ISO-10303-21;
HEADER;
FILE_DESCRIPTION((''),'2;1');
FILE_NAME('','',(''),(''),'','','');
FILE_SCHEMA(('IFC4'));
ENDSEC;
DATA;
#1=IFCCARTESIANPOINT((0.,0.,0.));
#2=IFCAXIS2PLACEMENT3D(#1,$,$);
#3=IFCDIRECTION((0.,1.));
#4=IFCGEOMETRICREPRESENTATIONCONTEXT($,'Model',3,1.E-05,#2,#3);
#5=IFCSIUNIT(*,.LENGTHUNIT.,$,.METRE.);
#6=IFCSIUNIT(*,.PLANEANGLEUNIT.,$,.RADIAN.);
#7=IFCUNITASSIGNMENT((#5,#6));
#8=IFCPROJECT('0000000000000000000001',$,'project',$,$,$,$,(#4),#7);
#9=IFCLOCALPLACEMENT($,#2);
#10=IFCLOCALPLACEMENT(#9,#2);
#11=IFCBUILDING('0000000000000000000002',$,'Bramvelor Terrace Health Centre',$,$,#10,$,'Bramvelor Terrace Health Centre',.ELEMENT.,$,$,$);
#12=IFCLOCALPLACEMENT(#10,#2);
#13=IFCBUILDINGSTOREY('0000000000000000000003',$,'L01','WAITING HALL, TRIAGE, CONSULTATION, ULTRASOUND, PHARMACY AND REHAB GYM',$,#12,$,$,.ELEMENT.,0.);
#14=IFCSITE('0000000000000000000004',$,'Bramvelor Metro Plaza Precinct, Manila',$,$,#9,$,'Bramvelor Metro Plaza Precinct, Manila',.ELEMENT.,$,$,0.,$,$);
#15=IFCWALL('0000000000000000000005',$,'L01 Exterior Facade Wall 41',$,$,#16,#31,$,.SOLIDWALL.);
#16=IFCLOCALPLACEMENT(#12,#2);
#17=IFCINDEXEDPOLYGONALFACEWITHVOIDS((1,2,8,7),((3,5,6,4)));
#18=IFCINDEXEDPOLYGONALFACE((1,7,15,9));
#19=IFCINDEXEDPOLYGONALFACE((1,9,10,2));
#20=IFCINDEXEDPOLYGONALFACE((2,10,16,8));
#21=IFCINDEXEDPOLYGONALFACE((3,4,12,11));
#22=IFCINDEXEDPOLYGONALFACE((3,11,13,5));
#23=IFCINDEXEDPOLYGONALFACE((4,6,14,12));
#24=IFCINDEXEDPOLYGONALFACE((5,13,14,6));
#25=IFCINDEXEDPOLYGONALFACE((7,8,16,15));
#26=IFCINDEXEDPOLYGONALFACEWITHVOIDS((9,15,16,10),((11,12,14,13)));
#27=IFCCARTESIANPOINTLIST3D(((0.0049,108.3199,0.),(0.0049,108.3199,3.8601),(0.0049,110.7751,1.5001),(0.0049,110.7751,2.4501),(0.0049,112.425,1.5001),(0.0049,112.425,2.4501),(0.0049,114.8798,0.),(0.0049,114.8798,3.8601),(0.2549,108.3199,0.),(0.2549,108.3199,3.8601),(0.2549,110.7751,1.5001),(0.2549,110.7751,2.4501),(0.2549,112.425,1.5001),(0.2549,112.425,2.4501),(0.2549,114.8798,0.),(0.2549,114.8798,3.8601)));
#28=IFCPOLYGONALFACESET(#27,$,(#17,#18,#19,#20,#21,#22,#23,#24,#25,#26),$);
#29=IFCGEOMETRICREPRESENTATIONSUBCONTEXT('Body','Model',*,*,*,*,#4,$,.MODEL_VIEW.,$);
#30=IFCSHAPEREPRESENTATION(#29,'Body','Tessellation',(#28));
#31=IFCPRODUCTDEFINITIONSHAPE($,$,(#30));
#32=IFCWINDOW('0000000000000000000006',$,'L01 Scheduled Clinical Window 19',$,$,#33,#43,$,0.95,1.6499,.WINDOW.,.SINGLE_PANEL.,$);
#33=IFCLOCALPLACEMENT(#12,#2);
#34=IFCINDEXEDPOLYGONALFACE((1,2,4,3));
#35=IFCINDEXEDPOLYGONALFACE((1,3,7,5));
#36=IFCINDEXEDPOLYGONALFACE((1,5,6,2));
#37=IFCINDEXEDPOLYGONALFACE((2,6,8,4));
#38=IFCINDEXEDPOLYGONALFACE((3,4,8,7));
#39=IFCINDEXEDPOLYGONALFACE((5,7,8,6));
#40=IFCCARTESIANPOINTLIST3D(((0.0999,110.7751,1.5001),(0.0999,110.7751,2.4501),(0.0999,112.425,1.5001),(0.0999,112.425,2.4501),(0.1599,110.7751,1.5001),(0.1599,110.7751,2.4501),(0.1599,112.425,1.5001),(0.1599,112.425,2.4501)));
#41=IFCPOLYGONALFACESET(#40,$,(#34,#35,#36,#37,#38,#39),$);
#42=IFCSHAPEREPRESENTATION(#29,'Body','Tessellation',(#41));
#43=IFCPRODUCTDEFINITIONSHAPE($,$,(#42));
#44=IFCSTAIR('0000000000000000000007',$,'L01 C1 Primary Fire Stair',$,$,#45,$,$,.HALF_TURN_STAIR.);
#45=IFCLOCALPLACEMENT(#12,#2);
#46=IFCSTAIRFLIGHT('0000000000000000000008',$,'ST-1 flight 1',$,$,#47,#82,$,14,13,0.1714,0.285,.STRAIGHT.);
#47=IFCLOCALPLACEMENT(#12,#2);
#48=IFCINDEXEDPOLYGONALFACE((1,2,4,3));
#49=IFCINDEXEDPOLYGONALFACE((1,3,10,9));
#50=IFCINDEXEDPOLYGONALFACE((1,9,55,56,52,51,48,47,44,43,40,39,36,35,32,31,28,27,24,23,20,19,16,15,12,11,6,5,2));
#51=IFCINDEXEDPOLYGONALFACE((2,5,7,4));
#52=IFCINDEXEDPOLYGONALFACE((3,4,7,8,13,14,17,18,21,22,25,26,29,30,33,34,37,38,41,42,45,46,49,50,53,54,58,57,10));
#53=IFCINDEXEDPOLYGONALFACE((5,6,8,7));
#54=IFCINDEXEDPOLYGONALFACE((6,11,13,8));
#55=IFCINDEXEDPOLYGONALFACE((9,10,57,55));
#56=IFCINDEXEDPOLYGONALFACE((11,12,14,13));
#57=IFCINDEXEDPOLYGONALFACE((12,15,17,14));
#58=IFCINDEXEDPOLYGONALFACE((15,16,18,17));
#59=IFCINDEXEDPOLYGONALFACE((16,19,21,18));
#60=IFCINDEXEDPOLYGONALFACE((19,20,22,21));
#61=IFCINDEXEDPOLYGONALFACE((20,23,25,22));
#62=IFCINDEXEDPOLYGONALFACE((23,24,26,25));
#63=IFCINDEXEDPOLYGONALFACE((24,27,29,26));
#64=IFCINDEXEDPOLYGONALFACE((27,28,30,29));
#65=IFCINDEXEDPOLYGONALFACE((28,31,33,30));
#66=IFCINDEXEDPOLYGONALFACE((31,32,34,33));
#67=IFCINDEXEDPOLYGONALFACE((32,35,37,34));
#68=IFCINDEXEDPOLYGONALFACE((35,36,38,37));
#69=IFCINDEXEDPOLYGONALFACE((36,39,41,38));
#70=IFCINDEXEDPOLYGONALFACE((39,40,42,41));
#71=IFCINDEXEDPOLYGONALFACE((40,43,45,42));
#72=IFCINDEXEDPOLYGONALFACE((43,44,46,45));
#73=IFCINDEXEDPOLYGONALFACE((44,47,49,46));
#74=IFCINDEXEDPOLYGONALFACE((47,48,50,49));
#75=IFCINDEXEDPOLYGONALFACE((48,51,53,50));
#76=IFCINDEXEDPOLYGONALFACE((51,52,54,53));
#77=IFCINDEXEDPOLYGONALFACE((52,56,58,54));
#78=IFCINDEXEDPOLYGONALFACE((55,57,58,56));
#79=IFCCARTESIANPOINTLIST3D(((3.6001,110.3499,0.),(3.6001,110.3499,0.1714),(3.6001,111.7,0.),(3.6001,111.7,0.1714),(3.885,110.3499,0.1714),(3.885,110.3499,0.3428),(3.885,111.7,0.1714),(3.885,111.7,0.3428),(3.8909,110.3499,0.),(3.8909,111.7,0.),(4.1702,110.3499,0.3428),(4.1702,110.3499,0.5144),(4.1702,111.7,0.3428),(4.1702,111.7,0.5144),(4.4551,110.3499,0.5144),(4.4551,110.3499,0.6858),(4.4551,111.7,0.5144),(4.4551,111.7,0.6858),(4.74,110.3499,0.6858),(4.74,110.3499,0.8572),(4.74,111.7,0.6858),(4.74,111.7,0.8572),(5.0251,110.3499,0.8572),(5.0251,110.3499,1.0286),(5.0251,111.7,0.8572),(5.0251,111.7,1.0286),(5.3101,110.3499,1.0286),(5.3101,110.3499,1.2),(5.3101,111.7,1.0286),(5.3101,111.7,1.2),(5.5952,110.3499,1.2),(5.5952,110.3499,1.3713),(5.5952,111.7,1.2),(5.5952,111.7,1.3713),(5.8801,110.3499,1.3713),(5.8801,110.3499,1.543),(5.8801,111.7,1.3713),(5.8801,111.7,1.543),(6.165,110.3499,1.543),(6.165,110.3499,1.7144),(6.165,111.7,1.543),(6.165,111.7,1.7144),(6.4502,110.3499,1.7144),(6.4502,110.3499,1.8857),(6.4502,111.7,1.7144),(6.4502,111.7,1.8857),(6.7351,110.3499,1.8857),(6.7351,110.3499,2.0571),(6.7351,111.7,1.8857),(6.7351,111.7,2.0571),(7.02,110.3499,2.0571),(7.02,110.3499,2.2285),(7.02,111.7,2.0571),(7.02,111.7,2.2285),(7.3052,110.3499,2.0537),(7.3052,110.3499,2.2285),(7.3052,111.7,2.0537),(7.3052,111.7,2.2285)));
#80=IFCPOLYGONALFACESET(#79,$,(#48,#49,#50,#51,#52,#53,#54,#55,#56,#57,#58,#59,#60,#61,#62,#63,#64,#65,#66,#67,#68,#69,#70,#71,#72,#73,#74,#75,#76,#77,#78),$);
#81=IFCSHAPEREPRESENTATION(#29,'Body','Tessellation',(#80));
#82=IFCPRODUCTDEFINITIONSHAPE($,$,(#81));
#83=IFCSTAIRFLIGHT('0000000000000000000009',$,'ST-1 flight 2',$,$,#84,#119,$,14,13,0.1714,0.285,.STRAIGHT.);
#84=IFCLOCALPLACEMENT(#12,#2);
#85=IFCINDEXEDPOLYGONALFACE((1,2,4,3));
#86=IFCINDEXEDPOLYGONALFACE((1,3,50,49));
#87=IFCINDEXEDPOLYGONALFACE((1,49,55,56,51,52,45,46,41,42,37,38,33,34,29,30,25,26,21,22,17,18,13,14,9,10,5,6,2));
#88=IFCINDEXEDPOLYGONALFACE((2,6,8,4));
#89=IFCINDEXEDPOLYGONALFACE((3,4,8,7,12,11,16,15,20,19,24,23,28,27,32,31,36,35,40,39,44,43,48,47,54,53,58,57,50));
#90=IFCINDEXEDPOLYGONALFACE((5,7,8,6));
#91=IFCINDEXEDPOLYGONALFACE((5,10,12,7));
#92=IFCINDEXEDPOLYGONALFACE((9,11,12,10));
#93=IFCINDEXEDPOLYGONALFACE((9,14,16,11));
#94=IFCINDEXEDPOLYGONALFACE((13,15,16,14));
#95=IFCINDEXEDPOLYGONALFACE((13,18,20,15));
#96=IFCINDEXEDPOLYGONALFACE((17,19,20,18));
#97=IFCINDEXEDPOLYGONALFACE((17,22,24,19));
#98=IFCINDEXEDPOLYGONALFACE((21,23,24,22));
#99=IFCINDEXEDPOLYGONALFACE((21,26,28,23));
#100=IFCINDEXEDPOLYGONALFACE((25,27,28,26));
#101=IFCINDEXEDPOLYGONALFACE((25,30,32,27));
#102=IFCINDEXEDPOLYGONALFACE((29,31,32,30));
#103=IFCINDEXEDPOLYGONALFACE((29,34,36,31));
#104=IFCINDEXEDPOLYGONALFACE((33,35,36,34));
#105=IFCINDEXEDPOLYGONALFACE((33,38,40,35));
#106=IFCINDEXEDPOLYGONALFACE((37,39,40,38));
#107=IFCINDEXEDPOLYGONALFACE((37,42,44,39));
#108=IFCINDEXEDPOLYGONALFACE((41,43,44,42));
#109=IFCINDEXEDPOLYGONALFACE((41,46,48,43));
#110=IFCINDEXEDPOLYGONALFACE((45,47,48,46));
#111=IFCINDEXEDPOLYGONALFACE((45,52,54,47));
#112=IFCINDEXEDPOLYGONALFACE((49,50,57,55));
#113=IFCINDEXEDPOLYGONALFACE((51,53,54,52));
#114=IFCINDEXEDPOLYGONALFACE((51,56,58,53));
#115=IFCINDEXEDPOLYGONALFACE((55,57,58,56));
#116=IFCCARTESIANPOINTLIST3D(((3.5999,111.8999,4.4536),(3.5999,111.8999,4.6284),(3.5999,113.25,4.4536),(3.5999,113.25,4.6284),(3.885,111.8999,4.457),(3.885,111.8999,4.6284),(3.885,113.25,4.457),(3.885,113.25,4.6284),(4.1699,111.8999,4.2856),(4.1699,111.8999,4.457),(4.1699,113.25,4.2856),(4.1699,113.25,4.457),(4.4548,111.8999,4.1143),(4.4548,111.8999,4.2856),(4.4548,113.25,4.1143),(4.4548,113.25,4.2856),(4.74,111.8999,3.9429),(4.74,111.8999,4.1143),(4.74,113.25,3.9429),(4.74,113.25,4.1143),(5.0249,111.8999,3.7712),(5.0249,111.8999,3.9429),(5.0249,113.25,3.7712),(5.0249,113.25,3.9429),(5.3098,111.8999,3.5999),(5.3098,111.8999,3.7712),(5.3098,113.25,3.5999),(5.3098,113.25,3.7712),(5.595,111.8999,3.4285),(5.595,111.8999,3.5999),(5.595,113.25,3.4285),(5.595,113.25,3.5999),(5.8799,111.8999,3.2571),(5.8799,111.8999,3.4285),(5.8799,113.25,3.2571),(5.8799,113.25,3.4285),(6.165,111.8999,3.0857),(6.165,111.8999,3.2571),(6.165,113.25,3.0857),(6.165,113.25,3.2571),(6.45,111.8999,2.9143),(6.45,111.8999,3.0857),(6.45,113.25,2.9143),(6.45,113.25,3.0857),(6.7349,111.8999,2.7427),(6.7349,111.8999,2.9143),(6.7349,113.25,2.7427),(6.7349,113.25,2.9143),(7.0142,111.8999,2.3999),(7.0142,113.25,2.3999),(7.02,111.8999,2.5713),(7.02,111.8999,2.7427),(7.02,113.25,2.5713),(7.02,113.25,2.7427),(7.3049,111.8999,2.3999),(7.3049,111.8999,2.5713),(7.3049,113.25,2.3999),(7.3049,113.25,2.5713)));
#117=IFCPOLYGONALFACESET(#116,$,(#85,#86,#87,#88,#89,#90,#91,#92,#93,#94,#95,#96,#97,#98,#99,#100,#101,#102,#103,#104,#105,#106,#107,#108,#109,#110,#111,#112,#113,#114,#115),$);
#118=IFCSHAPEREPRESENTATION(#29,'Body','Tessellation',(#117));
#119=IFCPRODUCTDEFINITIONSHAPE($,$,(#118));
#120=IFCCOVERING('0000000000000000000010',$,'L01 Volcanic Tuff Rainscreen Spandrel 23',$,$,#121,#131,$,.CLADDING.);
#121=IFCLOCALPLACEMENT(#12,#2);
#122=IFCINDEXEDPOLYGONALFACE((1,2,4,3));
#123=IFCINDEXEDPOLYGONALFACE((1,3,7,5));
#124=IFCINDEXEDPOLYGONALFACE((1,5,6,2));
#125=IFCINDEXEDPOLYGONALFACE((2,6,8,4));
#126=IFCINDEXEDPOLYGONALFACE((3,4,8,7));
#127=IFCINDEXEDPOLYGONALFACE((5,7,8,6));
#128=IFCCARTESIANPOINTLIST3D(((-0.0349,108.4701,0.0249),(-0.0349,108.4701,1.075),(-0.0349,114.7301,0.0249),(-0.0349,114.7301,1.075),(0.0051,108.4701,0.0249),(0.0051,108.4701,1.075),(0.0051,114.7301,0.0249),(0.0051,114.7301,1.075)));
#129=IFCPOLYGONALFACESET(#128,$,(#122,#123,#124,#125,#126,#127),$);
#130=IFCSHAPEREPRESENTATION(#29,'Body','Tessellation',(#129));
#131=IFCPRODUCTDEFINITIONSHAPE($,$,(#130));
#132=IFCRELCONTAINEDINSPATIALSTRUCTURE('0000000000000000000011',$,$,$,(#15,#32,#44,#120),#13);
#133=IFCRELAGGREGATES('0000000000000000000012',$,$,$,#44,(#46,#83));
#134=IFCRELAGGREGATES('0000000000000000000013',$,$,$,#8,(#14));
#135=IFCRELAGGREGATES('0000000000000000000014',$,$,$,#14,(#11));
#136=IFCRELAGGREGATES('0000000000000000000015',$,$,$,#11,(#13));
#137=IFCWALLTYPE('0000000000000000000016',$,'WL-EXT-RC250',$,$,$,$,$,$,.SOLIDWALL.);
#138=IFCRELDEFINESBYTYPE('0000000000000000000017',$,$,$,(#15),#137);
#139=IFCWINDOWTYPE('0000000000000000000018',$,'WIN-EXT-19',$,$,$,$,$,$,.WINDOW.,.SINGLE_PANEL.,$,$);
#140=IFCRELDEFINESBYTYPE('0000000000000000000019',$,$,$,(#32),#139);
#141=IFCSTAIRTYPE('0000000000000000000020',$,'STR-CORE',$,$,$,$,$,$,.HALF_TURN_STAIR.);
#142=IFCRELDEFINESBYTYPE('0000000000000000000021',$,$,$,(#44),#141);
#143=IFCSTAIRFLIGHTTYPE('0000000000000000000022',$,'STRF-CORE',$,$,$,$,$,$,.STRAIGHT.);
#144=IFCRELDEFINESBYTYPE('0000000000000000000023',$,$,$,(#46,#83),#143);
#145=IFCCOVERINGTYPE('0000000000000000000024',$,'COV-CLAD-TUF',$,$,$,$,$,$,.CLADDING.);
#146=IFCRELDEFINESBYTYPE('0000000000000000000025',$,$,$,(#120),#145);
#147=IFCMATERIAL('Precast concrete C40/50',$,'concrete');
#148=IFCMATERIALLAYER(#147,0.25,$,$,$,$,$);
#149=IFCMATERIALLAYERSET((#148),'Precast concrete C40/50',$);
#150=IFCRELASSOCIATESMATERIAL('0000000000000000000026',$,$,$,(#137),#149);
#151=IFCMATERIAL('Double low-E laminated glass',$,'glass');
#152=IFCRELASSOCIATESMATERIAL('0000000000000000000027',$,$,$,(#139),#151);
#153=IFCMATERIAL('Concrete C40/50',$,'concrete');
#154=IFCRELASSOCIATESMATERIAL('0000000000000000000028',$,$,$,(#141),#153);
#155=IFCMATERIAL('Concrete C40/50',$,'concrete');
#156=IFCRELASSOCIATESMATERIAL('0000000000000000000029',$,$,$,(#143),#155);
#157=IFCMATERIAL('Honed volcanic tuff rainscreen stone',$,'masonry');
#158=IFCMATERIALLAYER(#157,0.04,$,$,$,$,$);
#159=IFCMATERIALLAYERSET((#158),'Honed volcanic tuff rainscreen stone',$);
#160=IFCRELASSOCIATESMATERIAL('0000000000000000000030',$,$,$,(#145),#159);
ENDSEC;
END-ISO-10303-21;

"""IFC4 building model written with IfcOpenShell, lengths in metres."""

from ifc_helpers import new_model, si_unit, direction, frame, frame_2d, origin, origin_2d, place, context, subcontext, project, spatial, polyline, rectangle, outline, extrude, material, layer, layer_set, type_object, element, fill, aggregate, save


model = new_model("IFC4")

# Units and contexts
model_context = context("Model", 3, precision=1e-05, world=origin(), true_north=direction((0.0, 1.0)))
body_context = subcontext(model_context, "Body", "Model", "MODEL_VIEW")
ifc_project = project(units=[si_unit("LENGTHUNIT", "METRE"), si_unit("PLANEANGLEUNIT", "RADIAN")], contexts=[model_context])

# Site, building, storey
site_placement = place(None, origin())
site = spatial("IfcSite", under=ifc_project, at=site_placement, Name="Bramvelor Metro Plaza Precinct, Manila", LongName="Bramvelor Metro Plaza Precinct, Manila", CompositionType="ELEMENT", RefElevation=0.0)
building_placement = place(site_placement, origin())
building = spatial("IfcBuilding", under=site, at=building_placement, Name="Bramvelor Terrace Health Centre", LongName="Bramvelor Terrace Health Centre", CompositionType="ELEMENT")
storey_placement = place(building_placement, origin())
storey = spatial("IfcBuildingStorey", under=building, at=storey_placement, Name="L01", Description="WAITING HALL, TRIAGE, CONSULTATION, ULTRASOUND, PHARMACY AND REHAB GYM", CompositionType="ELEMENT", Elevation=0.0)

# Wall, opening, window
ifc_material_1 = material(Name="Precast concrete C40/50", Category="concrete")
ifc_layer_1 = layer(ifc_material_1, 0.25)
ifc_layer_set_1 = layer_set([ifc_layer_1], Name="Precast concrete C40/50")
wall_type_1 = type_object("IfcWallType", Name="WL-EXT-RC250", PredefinedType="SOLIDWALL", material=ifc_layer_set_1)
wall_1_placement = place(storey_placement, frame((0.1299, 108.3201, 0.0), z_axis=(0.0, 0.0, 1.0), x_axis=(0.0, 1.0, 0.0)))
wall_1 = element("IfcWall", 1, at=wall_1_placement, inside=storey, type_object=wall_type_1, Name="L01 Exterior Facade Wall 41", PredefinedType="SOLIDWALL", context=body_context, shape_type="SweptSolid", body=[
    extrude(rectangle(XDim=6.5598, YDim=0.25, at=frame_2d((3.2798, 0.0))), origin(), (0.0, 0.0, 1.0), 3.8601),
])
opening_1_placement = place(wall_1_placement, frame((2.4551, 0.0, 1.5)))
opening_1 = element("IfcOpeningElement", 2, at=opening_1_placement, cuts=wall_1, PredefinedType="OPENING", context=body_context, shape_type="SweptSolid", body=[
    extrude(rectangle(XDim=1.6499, YDim=0.95, at=frame_2d((0.825, 0.4751))), frame((0.0, 0.135, 0.0), z_axis=(0.0, -1.0, 0.0), x_axis=(1.0, 0.0, 0.0)), (0.0, 0.0, 1.0), 0.27),
])
ifc_material_2 = material(Name="Double low-E laminated glass", Category="glass")
window_type = type_object("IfcWindowType", Name="WIN-EXT-19", PartitioningType="SINGLE_PANEL", PredefinedType="WINDOW", material=ifc_material_2)
window_placement = place(opening_1_placement, origin())
window = element("IfcWindow", 3, at=window_placement, inside=storey, type_object=window_type, Name="L01 Scheduled Clinical Window 19", OverallHeight=0.95, OverallWidth=1.6499, PartitioningType="SINGLE_PANEL", PredefinedType="WINDOW", context=body_context, shape_type="SweptSolid", body=[
    extrude(rectangle(XDim=1.6499, YDim=0.95, at=frame_2d((0.825, 0.4751))), frame((0.0, 0.03, 0.0), z_axis=(0.0, -1.0, 0.0), x_axis=(1.0, 0.0, 0.0)), (0.0, 0.0, 1.0), 0.0601),
])
fill(opening_1, window)

# Stair, stair flights
ifc_material_3 = material(Name="Concrete C40/50", Category="concrete")
stair_type = type_object("IfcStairType", Name="STR-CORE", PredefinedType="HALF_TURN_STAIR", material=ifc_material_3)
stair_placement = place(storey_placement, origin())
stair = element("IfcStair", 4, at=stair_placement, inside=storey, type_object=stair_type, Name="L01 C1 Primary Fire Stair", PredefinedType="HALF_TURN_STAIR")
ifc_material_4 = material(Name="Concrete C40/50", Category="concrete")
stair_flight_type = type_object("IfcStairFlightType", Name="STRF-CORE", PredefinedType="STRAIGHT", material=ifc_material_4)
stair_flight_1_placement = place(storey_placement, frame((3.6001, 111.0249, 0.0), z_axis=(0.0, 0.0, 1.0), x_axis=(1.0, 0.0, 0.0)))
stair_flight_1 = element("IfcStairFlight", 5, at=stair_flight_1_placement, type_object=stair_flight_type, Name="ST-1 flight 1", NumberOfRisers=14, NumberOfTreads=13, PredefinedType="STRAIGHT", RiserHeight=0.1714, TreadLength=0.285, context=body_context, shape_type="SweptSolid", body=[
    extrude(outline(polyline([(0.0, 0.0), (0.0, 0.1714), (0.2849, 0.1714), (0.2849, 0.3428), (0.5701, 0.3428), (0.5701, 0.5144), (0.855, 0.5144), (0.855, 0.6858), (1.1399, 0.6858), (1.1399, 0.8572), (1.425, 0.8572), (1.425, 1.0286), (1.71, 1.0286), (1.71, 1.2), (1.9951, 1.2), (1.9951, 1.3713), (2.28, 1.3713), (2.28, 1.543), (2.5649, 1.543), (2.5649, 1.7144), (2.8501, 1.7144), (2.8501, 1.8857), (3.135, 1.8857), (3.135, 2.0571), (3.4199, 2.0571), (3.4199, 2.2285), (3.7051, 2.2285), (3.7051, 2.3999), (3.7051, 2.0537), (0.2908, 0.0), (0.0, 0.0)])), frame((0.0, 0.675, 0.0), z_axis=(0.0, -1.0, 0.0), x_axis=(1.0, 0.0, 0.0)), (0.0, 0.0, 1.0), 1.3501),
])
stair_flight_2_placement = place(storey_placement, frame((7.3049, 112.575, 2.3999), z_axis=(0.0, 0.0, 1.0), x_axis=(-1.0, 0.0, 0.0)))
stair_flight_2 = element("IfcStairFlight", 6, at=stair_flight_2_placement, type_object=stair_flight_type, Name="ST-1 flight 2", NumberOfRisers=14, NumberOfTreads=13, PredefinedType="STRAIGHT", RiserHeight=0.1714, TreadLength=0.285, context=body_context, shape_type="SweptSolid", body=[
    extrude(outline(polyline([(0.0, 0.0), (0.0, 0.1714), (0.2849, 0.1714), (0.2849, 0.3428), (0.5701, 0.3428), (0.5701, 0.5144), (0.855, 0.5144), (0.855, 0.6858), (1.1399, 0.6858), (1.1399, 0.8572), (1.425, 0.8572), (1.425, 1.0286), (1.71, 1.0286), (1.71, 1.2), (1.9951, 1.2), (1.9951, 1.3713), (2.28, 1.3713), (2.28, 1.543), (2.5649, 1.543), (2.5649, 1.7144), (2.8501, 1.7144), (2.8501, 1.8857), (3.135, 1.8857), (3.135, 2.0571), (3.4199, 2.0571), (3.4199, 2.2285), (3.7051, 2.2285), (3.7051, 2.3999), (3.7051, 2.0537), (0.2908, 0.0), (0.0, 0.0)])), frame((0.0, 0.675, 0.0), z_axis=(0.0, -1.0, 0.0), x_axis=(1.0, 0.0, 0.0)), (0.0, 0.0, 1.0), 1.3501),
])
aggregate(stair, [stair_flight_1, stair_flight_2])

# Covering
ifc_material_5 = material(Name="Honed volcanic tuff rainscreen stone", Category="masonry")
ifc_layer_2 = layer(ifc_material_5, 0.04)
ifc_layer_set_2 = layer_set([ifc_layer_2], Name="Honed volcanic tuff rainscreen stone")
covering_type = type_object("IfcCoveringType", Name="COV-CLAD-TUF", PredefinedType="CLADDING", material=ifc_layer_set_2)
covering_placement = place(storey_placement, frame((-0.0149, 111.6001, 0.0249), z_axis=(0.0, 0.0, 1.0), x_axis=(1.0, 0.0, 0.0)))
element("IfcCovering", 7, at=covering_placement, inside=storey, type_object=covering_type, Name="L01 Volcanic Tuff Rainscreen Spandrel 23", PredefinedType="CLADDING", context=body_context, shape_type="SweptSolid", body=[
    extrude(rectangle(XDim=0.04, YDim=6.26, at=origin_2d()), origin(), (0.0, 0.0, 1.0), 1.05),
])

save(model, "model.ifc")
